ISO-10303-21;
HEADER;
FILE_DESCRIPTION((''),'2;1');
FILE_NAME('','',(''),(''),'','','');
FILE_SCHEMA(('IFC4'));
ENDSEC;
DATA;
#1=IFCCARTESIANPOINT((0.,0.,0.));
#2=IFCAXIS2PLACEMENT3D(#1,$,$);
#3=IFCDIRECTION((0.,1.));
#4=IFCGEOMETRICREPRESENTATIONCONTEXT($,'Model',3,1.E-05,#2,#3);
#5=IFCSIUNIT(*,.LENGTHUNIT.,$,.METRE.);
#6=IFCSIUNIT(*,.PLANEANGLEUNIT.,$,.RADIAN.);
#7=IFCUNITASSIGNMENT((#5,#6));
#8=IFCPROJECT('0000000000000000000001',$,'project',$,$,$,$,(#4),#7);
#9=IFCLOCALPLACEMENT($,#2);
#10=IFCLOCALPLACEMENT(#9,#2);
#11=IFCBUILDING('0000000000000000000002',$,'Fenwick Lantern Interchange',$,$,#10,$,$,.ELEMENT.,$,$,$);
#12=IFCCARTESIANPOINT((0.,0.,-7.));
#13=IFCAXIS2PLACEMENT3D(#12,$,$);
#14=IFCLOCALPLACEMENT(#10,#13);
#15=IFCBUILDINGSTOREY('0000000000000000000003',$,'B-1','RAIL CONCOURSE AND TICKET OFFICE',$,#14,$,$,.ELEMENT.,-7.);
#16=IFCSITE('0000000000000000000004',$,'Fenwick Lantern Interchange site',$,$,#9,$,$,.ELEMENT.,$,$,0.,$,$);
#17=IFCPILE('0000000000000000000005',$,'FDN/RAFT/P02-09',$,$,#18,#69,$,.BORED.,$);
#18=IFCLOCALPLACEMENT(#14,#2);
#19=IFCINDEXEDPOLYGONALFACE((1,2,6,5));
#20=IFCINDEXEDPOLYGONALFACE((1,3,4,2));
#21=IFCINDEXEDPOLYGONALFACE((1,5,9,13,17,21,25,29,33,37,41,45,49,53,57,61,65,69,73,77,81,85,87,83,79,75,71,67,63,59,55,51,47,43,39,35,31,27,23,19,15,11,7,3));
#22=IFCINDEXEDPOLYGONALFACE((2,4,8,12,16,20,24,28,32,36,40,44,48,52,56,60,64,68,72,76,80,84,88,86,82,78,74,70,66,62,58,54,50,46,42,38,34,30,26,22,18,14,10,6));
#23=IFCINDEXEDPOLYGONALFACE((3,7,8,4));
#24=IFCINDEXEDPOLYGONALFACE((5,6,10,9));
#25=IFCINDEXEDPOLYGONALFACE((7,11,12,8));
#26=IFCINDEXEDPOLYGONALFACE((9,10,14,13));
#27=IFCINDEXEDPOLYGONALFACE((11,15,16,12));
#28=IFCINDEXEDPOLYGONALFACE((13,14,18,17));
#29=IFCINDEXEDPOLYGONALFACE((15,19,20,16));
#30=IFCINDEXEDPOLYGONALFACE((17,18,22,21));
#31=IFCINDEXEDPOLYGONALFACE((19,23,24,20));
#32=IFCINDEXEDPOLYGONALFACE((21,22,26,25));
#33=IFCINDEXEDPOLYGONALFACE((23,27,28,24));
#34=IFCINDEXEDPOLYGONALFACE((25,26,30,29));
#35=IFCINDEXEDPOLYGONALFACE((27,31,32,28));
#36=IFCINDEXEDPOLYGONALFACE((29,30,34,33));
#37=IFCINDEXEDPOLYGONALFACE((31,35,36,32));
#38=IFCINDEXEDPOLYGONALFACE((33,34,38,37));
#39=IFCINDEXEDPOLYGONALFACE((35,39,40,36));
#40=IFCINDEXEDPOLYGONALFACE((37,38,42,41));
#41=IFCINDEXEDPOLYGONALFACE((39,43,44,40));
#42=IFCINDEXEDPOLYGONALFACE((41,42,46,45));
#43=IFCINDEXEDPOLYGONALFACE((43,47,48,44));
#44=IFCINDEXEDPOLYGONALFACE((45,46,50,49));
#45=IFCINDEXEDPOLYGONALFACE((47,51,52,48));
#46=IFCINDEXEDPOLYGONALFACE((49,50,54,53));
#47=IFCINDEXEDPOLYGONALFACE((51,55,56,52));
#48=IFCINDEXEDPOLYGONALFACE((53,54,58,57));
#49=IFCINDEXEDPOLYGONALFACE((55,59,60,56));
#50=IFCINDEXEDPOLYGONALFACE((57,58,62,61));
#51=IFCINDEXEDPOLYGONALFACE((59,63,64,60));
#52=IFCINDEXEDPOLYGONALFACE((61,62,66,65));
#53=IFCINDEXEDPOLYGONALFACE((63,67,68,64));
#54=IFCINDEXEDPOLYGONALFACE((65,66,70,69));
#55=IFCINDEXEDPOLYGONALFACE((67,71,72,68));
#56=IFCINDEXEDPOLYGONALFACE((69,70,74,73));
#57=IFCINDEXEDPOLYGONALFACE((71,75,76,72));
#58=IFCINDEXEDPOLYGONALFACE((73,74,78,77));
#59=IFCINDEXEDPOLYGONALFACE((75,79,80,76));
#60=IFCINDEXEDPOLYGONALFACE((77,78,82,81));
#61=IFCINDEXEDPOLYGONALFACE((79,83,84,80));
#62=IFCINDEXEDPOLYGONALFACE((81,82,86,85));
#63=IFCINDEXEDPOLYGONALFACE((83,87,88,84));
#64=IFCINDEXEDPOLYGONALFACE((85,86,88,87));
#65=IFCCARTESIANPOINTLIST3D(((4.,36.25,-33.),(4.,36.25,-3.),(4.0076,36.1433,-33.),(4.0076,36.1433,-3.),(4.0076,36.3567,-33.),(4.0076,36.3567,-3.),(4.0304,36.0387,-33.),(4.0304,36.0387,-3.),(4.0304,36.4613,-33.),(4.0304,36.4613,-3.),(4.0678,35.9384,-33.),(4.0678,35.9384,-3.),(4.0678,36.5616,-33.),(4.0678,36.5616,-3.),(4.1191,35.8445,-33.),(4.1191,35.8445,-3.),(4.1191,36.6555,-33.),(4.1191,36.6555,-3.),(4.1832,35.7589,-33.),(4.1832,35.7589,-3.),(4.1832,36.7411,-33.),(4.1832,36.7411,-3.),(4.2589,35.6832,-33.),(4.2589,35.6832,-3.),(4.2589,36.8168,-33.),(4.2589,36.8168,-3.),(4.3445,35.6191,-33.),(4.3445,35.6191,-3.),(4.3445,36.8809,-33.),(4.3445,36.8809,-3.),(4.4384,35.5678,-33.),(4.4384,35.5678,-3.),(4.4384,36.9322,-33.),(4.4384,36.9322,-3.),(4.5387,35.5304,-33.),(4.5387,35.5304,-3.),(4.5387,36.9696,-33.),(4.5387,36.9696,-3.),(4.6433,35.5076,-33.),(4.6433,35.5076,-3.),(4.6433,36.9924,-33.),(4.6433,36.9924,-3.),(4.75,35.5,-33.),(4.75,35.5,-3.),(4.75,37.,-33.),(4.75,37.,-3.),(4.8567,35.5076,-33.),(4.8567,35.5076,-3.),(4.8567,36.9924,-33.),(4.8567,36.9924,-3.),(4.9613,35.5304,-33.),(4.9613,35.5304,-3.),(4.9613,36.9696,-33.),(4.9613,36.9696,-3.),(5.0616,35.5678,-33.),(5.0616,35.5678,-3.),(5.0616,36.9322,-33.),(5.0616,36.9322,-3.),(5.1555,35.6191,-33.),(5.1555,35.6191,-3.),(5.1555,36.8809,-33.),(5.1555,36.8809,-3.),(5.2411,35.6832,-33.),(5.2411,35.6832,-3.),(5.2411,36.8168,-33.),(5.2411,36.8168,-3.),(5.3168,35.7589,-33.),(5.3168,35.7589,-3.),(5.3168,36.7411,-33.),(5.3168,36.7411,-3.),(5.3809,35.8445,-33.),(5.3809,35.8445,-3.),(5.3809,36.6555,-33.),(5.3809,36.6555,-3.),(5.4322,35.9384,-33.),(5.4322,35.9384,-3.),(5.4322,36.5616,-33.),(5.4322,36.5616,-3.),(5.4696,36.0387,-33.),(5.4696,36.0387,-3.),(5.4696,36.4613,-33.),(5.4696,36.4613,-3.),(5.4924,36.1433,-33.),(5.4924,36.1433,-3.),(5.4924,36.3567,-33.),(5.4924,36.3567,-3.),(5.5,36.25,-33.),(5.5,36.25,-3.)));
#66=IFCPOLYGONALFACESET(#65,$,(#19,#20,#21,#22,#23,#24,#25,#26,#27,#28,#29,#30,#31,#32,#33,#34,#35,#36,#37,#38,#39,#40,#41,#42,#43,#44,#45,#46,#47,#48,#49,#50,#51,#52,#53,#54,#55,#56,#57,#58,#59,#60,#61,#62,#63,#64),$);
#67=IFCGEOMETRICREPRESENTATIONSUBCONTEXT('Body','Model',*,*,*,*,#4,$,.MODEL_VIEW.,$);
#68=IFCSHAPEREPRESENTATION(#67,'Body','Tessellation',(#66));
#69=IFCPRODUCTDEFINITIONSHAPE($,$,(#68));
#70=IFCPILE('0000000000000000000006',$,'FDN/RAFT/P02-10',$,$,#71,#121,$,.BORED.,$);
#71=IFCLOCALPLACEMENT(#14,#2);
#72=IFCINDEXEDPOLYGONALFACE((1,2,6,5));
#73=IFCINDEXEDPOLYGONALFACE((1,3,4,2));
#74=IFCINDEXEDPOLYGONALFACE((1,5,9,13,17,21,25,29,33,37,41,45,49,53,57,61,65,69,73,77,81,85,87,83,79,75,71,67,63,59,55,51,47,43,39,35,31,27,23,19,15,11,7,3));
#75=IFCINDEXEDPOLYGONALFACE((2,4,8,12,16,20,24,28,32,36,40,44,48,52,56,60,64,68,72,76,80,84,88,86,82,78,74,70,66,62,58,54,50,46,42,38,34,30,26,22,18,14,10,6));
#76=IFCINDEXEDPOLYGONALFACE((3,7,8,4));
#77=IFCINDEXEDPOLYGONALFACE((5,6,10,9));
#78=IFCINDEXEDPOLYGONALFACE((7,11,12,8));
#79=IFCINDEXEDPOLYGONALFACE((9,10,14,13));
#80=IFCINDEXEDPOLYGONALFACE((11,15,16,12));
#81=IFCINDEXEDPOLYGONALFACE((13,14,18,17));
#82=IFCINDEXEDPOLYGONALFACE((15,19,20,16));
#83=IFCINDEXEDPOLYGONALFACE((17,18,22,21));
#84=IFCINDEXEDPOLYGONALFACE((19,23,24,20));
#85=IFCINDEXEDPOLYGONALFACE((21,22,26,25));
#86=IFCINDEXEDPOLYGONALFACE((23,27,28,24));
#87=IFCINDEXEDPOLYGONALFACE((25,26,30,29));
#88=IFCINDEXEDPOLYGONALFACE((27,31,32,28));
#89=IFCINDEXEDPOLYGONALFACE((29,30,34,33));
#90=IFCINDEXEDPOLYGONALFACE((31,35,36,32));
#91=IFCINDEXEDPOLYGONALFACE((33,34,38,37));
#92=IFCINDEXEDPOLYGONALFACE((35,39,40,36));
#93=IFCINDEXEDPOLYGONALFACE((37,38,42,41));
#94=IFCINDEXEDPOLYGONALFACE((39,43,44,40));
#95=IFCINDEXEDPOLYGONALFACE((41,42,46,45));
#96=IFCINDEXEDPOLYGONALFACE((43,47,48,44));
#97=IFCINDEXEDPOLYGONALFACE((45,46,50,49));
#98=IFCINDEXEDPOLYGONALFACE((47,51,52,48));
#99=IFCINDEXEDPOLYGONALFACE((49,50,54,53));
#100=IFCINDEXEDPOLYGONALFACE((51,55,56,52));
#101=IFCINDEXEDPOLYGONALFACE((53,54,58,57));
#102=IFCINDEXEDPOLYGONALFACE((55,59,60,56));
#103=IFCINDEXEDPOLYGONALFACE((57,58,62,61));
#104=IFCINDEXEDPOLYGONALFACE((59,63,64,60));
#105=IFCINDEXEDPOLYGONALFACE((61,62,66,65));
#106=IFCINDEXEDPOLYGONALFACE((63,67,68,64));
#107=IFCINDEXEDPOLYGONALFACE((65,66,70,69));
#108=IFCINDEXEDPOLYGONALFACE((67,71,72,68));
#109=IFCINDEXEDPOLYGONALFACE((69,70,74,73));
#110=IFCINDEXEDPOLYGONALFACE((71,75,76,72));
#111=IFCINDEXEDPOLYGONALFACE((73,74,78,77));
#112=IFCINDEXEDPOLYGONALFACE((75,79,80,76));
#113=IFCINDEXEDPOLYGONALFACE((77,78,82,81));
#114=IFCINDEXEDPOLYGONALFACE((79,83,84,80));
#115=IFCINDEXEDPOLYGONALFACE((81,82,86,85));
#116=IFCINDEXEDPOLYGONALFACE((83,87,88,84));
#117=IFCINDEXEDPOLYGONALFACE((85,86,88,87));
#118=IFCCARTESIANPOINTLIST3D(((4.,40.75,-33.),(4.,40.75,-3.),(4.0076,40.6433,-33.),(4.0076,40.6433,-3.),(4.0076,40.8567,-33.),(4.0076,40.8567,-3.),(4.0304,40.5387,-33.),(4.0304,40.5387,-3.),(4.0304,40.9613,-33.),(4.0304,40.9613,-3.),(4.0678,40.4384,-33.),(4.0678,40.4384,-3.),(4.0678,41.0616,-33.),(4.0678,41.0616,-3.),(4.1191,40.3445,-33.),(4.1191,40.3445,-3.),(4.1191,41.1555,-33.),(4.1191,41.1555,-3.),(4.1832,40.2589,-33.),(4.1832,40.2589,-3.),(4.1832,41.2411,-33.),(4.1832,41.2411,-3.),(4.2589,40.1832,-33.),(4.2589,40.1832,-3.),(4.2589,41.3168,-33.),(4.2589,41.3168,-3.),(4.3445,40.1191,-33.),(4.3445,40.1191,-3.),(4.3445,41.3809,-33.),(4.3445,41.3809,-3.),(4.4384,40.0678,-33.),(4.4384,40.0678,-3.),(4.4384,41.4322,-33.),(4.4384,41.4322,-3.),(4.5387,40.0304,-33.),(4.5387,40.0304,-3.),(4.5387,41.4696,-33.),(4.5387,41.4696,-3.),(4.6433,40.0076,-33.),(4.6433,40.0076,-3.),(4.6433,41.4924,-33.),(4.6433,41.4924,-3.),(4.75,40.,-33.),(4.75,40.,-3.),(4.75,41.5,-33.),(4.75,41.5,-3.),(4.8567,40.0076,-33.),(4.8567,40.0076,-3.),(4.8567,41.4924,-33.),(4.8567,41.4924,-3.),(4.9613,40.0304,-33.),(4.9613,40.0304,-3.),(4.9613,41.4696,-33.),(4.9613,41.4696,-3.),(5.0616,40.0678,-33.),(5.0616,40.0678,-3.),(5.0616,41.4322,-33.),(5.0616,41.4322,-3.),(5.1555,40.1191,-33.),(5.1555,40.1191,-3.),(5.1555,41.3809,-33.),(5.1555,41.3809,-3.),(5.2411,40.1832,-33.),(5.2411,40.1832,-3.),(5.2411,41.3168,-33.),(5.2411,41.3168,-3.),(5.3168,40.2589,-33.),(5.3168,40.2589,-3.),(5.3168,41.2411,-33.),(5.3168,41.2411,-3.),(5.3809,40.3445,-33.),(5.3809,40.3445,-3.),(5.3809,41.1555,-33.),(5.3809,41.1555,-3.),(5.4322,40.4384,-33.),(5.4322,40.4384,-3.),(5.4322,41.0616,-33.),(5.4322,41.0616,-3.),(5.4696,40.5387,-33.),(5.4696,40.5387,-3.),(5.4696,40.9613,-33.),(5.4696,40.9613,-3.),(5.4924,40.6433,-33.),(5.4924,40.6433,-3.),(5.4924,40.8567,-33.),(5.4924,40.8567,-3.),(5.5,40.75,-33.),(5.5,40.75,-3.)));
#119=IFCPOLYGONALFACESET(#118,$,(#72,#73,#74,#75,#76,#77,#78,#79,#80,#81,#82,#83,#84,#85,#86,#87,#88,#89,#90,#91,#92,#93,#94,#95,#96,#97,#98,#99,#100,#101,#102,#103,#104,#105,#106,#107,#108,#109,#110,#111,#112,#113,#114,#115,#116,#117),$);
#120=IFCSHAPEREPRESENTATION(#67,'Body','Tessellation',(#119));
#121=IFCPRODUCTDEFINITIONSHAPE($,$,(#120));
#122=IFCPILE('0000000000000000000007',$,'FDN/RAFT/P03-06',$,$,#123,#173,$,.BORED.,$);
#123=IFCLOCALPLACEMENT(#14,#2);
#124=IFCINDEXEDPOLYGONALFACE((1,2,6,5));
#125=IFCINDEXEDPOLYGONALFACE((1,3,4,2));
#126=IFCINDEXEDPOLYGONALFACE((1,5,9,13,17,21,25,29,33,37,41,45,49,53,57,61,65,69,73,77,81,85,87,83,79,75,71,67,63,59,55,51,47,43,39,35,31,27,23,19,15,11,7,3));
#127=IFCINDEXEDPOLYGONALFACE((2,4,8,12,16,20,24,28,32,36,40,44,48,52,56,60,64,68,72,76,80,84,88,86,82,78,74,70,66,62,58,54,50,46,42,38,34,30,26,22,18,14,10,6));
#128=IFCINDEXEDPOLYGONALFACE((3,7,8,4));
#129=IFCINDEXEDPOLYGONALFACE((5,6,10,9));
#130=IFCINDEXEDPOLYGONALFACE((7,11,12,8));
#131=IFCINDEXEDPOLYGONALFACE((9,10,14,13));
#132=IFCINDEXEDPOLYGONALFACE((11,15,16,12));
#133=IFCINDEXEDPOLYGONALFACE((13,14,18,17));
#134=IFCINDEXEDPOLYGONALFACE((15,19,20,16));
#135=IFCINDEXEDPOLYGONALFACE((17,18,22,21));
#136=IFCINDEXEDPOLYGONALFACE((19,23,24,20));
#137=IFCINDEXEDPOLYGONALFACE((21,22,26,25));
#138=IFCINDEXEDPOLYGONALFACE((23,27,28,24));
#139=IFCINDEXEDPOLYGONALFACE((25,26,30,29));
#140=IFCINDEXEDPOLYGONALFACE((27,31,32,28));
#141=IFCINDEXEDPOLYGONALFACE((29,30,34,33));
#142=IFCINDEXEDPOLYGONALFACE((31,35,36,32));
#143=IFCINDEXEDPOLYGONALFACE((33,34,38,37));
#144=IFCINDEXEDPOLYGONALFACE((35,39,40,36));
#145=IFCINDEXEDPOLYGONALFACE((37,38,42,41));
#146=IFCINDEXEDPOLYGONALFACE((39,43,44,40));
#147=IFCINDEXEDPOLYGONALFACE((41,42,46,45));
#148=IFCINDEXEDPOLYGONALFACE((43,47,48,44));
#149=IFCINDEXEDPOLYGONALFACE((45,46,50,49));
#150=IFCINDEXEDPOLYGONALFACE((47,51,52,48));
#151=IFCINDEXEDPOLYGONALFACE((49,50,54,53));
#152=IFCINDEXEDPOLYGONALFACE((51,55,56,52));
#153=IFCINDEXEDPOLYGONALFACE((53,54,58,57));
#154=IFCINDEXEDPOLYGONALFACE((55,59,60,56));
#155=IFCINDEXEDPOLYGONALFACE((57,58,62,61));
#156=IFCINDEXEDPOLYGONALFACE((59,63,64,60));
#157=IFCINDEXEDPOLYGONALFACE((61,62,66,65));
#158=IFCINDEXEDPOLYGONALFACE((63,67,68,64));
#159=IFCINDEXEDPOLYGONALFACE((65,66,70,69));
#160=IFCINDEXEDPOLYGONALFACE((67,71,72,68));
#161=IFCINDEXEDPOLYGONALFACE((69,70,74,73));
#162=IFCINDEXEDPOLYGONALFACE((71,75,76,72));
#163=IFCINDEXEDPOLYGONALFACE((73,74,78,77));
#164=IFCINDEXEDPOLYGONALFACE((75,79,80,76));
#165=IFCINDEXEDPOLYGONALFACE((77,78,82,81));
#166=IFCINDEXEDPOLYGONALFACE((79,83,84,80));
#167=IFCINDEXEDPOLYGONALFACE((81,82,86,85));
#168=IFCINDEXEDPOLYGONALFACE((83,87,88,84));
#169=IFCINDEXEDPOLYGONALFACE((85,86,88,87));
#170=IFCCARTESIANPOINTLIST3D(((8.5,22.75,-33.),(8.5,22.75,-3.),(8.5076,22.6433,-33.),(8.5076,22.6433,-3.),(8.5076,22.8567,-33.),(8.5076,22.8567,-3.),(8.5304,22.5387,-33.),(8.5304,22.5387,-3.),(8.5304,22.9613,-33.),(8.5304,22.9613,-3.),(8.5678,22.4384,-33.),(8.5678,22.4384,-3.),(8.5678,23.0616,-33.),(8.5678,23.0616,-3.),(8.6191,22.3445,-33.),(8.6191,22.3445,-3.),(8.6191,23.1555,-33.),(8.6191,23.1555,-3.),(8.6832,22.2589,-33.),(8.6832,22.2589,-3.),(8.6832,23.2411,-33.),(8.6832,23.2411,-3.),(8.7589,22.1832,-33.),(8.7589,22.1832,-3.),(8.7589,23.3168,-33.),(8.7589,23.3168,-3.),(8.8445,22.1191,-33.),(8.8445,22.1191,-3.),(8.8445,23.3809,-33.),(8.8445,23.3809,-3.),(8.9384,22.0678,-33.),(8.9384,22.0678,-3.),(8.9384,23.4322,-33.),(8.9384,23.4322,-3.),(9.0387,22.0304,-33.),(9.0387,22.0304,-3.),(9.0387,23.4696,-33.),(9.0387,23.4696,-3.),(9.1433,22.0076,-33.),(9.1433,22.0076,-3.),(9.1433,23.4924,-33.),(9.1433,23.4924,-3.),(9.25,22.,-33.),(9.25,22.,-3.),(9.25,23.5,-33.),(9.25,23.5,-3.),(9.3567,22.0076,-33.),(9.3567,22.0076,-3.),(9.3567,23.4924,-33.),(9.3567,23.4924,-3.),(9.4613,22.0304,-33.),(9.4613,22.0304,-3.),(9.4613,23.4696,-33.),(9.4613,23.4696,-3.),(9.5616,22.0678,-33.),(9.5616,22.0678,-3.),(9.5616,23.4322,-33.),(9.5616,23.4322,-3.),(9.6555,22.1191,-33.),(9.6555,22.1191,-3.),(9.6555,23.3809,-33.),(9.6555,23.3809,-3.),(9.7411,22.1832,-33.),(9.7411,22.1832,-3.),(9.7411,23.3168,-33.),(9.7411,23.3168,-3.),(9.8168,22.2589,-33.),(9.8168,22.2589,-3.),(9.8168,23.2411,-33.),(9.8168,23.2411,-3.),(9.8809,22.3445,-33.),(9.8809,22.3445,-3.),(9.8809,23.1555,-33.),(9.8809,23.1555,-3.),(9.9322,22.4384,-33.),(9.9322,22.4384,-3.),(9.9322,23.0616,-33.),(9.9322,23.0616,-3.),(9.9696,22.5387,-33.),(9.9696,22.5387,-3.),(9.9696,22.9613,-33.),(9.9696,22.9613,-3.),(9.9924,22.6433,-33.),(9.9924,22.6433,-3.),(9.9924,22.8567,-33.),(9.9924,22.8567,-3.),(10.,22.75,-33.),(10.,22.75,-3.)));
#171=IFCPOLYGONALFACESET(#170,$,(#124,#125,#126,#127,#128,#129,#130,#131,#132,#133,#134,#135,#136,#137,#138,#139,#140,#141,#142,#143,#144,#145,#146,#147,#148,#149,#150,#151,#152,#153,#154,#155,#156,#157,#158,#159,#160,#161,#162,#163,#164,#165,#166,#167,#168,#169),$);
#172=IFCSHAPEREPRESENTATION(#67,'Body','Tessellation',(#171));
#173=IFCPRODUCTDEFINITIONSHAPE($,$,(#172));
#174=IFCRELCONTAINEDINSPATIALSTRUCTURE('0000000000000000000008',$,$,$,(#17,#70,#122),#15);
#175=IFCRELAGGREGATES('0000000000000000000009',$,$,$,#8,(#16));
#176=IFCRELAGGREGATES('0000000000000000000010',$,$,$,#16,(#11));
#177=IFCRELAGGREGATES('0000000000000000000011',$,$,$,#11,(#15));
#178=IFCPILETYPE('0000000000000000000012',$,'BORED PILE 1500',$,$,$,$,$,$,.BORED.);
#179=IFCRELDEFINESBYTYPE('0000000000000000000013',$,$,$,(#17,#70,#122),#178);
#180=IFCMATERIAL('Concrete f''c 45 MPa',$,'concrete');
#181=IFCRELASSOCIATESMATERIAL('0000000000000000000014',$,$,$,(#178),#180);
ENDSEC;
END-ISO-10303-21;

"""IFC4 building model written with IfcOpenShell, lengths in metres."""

from ifc_helpers import new_model, si_unit, direction, frame, origin, origin_2d, place, context, subcontext, project, spatial, circle, extrude, material, type_object, element, save


model = new_model("IFC4")

# Units and contexts
model_context = context("Model", 3, precision=1e-05, world=origin(), true_north=direction((0.0, 1.0)))
body_context = subcontext(model_context, "Body", "Model", "MODEL_VIEW")
ifc_project = project(units=[si_unit("LENGTHUNIT", "METRE"), si_unit("PLANEANGLEUNIT", "RADIAN")], contexts=[model_context])

# Site, building, storey
site_placement = place(None, origin())
site = spatial("IfcSite", under=ifc_project, at=site_placement, Name="Fenwick Lantern Interchange site", CompositionType="ELEMENT", RefElevation=0.0)
building_placement = place(site_placement, origin())
building = spatial("IfcBuilding", under=site, at=building_placement, Name="Fenwick Lantern Interchange", CompositionType="ELEMENT")
storey_placement = place(building_placement, frame((0.0, 0.0, -7.0)))
storey = spatial("IfcBuildingStorey", under=building, at=storey_placement, Name="B-1", Description="RAIL CONCOURSE AND TICKET OFFICE", CompositionType="ELEMENT", Elevation=-7.0)

# Piles
ifc_material_1 = material(Name="Concrete f'c 45 MPa", Category="concrete")
pile_type = type_object("IfcPileType", Name="BORED PILE 1500", PredefinedType="BORED", material=ifc_material_1)
for number, where, z_axis, x_axis, name in (
    (1, (4.75, 36.25, -3.0), (0.0, 0.0, -1.0), (1.0, 0.0, 0.0), "FDN/RAFT/P02-09"),
    (2, (4.75, 40.75, -3.0), (0.0, 0.0, -1.0), (1.0, 0.0, 0.0), "FDN/RAFT/P02-10"),
    (3, (9.25, 22.75, -3.0), (0.0, 0.0, -1.0), (1.0, 0.0, 0.0), "FDN/RAFT/P03-06"),
):
    element("IfcPile", number, at=place(storey_placement, frame(where, z_axis=z_axis, x_axis=x_axis)), inside=storey, type_object=pile_type, Name=name, PredefinedType="BORED", context=body_context, shape_type="SweptSolid", body=[
        extrude(circle(Radius=0.75, at=origin_2d()), origin(), (0.0, 0.0, 1.0), 30.0),
    ])

save(model, "model.ifc")
